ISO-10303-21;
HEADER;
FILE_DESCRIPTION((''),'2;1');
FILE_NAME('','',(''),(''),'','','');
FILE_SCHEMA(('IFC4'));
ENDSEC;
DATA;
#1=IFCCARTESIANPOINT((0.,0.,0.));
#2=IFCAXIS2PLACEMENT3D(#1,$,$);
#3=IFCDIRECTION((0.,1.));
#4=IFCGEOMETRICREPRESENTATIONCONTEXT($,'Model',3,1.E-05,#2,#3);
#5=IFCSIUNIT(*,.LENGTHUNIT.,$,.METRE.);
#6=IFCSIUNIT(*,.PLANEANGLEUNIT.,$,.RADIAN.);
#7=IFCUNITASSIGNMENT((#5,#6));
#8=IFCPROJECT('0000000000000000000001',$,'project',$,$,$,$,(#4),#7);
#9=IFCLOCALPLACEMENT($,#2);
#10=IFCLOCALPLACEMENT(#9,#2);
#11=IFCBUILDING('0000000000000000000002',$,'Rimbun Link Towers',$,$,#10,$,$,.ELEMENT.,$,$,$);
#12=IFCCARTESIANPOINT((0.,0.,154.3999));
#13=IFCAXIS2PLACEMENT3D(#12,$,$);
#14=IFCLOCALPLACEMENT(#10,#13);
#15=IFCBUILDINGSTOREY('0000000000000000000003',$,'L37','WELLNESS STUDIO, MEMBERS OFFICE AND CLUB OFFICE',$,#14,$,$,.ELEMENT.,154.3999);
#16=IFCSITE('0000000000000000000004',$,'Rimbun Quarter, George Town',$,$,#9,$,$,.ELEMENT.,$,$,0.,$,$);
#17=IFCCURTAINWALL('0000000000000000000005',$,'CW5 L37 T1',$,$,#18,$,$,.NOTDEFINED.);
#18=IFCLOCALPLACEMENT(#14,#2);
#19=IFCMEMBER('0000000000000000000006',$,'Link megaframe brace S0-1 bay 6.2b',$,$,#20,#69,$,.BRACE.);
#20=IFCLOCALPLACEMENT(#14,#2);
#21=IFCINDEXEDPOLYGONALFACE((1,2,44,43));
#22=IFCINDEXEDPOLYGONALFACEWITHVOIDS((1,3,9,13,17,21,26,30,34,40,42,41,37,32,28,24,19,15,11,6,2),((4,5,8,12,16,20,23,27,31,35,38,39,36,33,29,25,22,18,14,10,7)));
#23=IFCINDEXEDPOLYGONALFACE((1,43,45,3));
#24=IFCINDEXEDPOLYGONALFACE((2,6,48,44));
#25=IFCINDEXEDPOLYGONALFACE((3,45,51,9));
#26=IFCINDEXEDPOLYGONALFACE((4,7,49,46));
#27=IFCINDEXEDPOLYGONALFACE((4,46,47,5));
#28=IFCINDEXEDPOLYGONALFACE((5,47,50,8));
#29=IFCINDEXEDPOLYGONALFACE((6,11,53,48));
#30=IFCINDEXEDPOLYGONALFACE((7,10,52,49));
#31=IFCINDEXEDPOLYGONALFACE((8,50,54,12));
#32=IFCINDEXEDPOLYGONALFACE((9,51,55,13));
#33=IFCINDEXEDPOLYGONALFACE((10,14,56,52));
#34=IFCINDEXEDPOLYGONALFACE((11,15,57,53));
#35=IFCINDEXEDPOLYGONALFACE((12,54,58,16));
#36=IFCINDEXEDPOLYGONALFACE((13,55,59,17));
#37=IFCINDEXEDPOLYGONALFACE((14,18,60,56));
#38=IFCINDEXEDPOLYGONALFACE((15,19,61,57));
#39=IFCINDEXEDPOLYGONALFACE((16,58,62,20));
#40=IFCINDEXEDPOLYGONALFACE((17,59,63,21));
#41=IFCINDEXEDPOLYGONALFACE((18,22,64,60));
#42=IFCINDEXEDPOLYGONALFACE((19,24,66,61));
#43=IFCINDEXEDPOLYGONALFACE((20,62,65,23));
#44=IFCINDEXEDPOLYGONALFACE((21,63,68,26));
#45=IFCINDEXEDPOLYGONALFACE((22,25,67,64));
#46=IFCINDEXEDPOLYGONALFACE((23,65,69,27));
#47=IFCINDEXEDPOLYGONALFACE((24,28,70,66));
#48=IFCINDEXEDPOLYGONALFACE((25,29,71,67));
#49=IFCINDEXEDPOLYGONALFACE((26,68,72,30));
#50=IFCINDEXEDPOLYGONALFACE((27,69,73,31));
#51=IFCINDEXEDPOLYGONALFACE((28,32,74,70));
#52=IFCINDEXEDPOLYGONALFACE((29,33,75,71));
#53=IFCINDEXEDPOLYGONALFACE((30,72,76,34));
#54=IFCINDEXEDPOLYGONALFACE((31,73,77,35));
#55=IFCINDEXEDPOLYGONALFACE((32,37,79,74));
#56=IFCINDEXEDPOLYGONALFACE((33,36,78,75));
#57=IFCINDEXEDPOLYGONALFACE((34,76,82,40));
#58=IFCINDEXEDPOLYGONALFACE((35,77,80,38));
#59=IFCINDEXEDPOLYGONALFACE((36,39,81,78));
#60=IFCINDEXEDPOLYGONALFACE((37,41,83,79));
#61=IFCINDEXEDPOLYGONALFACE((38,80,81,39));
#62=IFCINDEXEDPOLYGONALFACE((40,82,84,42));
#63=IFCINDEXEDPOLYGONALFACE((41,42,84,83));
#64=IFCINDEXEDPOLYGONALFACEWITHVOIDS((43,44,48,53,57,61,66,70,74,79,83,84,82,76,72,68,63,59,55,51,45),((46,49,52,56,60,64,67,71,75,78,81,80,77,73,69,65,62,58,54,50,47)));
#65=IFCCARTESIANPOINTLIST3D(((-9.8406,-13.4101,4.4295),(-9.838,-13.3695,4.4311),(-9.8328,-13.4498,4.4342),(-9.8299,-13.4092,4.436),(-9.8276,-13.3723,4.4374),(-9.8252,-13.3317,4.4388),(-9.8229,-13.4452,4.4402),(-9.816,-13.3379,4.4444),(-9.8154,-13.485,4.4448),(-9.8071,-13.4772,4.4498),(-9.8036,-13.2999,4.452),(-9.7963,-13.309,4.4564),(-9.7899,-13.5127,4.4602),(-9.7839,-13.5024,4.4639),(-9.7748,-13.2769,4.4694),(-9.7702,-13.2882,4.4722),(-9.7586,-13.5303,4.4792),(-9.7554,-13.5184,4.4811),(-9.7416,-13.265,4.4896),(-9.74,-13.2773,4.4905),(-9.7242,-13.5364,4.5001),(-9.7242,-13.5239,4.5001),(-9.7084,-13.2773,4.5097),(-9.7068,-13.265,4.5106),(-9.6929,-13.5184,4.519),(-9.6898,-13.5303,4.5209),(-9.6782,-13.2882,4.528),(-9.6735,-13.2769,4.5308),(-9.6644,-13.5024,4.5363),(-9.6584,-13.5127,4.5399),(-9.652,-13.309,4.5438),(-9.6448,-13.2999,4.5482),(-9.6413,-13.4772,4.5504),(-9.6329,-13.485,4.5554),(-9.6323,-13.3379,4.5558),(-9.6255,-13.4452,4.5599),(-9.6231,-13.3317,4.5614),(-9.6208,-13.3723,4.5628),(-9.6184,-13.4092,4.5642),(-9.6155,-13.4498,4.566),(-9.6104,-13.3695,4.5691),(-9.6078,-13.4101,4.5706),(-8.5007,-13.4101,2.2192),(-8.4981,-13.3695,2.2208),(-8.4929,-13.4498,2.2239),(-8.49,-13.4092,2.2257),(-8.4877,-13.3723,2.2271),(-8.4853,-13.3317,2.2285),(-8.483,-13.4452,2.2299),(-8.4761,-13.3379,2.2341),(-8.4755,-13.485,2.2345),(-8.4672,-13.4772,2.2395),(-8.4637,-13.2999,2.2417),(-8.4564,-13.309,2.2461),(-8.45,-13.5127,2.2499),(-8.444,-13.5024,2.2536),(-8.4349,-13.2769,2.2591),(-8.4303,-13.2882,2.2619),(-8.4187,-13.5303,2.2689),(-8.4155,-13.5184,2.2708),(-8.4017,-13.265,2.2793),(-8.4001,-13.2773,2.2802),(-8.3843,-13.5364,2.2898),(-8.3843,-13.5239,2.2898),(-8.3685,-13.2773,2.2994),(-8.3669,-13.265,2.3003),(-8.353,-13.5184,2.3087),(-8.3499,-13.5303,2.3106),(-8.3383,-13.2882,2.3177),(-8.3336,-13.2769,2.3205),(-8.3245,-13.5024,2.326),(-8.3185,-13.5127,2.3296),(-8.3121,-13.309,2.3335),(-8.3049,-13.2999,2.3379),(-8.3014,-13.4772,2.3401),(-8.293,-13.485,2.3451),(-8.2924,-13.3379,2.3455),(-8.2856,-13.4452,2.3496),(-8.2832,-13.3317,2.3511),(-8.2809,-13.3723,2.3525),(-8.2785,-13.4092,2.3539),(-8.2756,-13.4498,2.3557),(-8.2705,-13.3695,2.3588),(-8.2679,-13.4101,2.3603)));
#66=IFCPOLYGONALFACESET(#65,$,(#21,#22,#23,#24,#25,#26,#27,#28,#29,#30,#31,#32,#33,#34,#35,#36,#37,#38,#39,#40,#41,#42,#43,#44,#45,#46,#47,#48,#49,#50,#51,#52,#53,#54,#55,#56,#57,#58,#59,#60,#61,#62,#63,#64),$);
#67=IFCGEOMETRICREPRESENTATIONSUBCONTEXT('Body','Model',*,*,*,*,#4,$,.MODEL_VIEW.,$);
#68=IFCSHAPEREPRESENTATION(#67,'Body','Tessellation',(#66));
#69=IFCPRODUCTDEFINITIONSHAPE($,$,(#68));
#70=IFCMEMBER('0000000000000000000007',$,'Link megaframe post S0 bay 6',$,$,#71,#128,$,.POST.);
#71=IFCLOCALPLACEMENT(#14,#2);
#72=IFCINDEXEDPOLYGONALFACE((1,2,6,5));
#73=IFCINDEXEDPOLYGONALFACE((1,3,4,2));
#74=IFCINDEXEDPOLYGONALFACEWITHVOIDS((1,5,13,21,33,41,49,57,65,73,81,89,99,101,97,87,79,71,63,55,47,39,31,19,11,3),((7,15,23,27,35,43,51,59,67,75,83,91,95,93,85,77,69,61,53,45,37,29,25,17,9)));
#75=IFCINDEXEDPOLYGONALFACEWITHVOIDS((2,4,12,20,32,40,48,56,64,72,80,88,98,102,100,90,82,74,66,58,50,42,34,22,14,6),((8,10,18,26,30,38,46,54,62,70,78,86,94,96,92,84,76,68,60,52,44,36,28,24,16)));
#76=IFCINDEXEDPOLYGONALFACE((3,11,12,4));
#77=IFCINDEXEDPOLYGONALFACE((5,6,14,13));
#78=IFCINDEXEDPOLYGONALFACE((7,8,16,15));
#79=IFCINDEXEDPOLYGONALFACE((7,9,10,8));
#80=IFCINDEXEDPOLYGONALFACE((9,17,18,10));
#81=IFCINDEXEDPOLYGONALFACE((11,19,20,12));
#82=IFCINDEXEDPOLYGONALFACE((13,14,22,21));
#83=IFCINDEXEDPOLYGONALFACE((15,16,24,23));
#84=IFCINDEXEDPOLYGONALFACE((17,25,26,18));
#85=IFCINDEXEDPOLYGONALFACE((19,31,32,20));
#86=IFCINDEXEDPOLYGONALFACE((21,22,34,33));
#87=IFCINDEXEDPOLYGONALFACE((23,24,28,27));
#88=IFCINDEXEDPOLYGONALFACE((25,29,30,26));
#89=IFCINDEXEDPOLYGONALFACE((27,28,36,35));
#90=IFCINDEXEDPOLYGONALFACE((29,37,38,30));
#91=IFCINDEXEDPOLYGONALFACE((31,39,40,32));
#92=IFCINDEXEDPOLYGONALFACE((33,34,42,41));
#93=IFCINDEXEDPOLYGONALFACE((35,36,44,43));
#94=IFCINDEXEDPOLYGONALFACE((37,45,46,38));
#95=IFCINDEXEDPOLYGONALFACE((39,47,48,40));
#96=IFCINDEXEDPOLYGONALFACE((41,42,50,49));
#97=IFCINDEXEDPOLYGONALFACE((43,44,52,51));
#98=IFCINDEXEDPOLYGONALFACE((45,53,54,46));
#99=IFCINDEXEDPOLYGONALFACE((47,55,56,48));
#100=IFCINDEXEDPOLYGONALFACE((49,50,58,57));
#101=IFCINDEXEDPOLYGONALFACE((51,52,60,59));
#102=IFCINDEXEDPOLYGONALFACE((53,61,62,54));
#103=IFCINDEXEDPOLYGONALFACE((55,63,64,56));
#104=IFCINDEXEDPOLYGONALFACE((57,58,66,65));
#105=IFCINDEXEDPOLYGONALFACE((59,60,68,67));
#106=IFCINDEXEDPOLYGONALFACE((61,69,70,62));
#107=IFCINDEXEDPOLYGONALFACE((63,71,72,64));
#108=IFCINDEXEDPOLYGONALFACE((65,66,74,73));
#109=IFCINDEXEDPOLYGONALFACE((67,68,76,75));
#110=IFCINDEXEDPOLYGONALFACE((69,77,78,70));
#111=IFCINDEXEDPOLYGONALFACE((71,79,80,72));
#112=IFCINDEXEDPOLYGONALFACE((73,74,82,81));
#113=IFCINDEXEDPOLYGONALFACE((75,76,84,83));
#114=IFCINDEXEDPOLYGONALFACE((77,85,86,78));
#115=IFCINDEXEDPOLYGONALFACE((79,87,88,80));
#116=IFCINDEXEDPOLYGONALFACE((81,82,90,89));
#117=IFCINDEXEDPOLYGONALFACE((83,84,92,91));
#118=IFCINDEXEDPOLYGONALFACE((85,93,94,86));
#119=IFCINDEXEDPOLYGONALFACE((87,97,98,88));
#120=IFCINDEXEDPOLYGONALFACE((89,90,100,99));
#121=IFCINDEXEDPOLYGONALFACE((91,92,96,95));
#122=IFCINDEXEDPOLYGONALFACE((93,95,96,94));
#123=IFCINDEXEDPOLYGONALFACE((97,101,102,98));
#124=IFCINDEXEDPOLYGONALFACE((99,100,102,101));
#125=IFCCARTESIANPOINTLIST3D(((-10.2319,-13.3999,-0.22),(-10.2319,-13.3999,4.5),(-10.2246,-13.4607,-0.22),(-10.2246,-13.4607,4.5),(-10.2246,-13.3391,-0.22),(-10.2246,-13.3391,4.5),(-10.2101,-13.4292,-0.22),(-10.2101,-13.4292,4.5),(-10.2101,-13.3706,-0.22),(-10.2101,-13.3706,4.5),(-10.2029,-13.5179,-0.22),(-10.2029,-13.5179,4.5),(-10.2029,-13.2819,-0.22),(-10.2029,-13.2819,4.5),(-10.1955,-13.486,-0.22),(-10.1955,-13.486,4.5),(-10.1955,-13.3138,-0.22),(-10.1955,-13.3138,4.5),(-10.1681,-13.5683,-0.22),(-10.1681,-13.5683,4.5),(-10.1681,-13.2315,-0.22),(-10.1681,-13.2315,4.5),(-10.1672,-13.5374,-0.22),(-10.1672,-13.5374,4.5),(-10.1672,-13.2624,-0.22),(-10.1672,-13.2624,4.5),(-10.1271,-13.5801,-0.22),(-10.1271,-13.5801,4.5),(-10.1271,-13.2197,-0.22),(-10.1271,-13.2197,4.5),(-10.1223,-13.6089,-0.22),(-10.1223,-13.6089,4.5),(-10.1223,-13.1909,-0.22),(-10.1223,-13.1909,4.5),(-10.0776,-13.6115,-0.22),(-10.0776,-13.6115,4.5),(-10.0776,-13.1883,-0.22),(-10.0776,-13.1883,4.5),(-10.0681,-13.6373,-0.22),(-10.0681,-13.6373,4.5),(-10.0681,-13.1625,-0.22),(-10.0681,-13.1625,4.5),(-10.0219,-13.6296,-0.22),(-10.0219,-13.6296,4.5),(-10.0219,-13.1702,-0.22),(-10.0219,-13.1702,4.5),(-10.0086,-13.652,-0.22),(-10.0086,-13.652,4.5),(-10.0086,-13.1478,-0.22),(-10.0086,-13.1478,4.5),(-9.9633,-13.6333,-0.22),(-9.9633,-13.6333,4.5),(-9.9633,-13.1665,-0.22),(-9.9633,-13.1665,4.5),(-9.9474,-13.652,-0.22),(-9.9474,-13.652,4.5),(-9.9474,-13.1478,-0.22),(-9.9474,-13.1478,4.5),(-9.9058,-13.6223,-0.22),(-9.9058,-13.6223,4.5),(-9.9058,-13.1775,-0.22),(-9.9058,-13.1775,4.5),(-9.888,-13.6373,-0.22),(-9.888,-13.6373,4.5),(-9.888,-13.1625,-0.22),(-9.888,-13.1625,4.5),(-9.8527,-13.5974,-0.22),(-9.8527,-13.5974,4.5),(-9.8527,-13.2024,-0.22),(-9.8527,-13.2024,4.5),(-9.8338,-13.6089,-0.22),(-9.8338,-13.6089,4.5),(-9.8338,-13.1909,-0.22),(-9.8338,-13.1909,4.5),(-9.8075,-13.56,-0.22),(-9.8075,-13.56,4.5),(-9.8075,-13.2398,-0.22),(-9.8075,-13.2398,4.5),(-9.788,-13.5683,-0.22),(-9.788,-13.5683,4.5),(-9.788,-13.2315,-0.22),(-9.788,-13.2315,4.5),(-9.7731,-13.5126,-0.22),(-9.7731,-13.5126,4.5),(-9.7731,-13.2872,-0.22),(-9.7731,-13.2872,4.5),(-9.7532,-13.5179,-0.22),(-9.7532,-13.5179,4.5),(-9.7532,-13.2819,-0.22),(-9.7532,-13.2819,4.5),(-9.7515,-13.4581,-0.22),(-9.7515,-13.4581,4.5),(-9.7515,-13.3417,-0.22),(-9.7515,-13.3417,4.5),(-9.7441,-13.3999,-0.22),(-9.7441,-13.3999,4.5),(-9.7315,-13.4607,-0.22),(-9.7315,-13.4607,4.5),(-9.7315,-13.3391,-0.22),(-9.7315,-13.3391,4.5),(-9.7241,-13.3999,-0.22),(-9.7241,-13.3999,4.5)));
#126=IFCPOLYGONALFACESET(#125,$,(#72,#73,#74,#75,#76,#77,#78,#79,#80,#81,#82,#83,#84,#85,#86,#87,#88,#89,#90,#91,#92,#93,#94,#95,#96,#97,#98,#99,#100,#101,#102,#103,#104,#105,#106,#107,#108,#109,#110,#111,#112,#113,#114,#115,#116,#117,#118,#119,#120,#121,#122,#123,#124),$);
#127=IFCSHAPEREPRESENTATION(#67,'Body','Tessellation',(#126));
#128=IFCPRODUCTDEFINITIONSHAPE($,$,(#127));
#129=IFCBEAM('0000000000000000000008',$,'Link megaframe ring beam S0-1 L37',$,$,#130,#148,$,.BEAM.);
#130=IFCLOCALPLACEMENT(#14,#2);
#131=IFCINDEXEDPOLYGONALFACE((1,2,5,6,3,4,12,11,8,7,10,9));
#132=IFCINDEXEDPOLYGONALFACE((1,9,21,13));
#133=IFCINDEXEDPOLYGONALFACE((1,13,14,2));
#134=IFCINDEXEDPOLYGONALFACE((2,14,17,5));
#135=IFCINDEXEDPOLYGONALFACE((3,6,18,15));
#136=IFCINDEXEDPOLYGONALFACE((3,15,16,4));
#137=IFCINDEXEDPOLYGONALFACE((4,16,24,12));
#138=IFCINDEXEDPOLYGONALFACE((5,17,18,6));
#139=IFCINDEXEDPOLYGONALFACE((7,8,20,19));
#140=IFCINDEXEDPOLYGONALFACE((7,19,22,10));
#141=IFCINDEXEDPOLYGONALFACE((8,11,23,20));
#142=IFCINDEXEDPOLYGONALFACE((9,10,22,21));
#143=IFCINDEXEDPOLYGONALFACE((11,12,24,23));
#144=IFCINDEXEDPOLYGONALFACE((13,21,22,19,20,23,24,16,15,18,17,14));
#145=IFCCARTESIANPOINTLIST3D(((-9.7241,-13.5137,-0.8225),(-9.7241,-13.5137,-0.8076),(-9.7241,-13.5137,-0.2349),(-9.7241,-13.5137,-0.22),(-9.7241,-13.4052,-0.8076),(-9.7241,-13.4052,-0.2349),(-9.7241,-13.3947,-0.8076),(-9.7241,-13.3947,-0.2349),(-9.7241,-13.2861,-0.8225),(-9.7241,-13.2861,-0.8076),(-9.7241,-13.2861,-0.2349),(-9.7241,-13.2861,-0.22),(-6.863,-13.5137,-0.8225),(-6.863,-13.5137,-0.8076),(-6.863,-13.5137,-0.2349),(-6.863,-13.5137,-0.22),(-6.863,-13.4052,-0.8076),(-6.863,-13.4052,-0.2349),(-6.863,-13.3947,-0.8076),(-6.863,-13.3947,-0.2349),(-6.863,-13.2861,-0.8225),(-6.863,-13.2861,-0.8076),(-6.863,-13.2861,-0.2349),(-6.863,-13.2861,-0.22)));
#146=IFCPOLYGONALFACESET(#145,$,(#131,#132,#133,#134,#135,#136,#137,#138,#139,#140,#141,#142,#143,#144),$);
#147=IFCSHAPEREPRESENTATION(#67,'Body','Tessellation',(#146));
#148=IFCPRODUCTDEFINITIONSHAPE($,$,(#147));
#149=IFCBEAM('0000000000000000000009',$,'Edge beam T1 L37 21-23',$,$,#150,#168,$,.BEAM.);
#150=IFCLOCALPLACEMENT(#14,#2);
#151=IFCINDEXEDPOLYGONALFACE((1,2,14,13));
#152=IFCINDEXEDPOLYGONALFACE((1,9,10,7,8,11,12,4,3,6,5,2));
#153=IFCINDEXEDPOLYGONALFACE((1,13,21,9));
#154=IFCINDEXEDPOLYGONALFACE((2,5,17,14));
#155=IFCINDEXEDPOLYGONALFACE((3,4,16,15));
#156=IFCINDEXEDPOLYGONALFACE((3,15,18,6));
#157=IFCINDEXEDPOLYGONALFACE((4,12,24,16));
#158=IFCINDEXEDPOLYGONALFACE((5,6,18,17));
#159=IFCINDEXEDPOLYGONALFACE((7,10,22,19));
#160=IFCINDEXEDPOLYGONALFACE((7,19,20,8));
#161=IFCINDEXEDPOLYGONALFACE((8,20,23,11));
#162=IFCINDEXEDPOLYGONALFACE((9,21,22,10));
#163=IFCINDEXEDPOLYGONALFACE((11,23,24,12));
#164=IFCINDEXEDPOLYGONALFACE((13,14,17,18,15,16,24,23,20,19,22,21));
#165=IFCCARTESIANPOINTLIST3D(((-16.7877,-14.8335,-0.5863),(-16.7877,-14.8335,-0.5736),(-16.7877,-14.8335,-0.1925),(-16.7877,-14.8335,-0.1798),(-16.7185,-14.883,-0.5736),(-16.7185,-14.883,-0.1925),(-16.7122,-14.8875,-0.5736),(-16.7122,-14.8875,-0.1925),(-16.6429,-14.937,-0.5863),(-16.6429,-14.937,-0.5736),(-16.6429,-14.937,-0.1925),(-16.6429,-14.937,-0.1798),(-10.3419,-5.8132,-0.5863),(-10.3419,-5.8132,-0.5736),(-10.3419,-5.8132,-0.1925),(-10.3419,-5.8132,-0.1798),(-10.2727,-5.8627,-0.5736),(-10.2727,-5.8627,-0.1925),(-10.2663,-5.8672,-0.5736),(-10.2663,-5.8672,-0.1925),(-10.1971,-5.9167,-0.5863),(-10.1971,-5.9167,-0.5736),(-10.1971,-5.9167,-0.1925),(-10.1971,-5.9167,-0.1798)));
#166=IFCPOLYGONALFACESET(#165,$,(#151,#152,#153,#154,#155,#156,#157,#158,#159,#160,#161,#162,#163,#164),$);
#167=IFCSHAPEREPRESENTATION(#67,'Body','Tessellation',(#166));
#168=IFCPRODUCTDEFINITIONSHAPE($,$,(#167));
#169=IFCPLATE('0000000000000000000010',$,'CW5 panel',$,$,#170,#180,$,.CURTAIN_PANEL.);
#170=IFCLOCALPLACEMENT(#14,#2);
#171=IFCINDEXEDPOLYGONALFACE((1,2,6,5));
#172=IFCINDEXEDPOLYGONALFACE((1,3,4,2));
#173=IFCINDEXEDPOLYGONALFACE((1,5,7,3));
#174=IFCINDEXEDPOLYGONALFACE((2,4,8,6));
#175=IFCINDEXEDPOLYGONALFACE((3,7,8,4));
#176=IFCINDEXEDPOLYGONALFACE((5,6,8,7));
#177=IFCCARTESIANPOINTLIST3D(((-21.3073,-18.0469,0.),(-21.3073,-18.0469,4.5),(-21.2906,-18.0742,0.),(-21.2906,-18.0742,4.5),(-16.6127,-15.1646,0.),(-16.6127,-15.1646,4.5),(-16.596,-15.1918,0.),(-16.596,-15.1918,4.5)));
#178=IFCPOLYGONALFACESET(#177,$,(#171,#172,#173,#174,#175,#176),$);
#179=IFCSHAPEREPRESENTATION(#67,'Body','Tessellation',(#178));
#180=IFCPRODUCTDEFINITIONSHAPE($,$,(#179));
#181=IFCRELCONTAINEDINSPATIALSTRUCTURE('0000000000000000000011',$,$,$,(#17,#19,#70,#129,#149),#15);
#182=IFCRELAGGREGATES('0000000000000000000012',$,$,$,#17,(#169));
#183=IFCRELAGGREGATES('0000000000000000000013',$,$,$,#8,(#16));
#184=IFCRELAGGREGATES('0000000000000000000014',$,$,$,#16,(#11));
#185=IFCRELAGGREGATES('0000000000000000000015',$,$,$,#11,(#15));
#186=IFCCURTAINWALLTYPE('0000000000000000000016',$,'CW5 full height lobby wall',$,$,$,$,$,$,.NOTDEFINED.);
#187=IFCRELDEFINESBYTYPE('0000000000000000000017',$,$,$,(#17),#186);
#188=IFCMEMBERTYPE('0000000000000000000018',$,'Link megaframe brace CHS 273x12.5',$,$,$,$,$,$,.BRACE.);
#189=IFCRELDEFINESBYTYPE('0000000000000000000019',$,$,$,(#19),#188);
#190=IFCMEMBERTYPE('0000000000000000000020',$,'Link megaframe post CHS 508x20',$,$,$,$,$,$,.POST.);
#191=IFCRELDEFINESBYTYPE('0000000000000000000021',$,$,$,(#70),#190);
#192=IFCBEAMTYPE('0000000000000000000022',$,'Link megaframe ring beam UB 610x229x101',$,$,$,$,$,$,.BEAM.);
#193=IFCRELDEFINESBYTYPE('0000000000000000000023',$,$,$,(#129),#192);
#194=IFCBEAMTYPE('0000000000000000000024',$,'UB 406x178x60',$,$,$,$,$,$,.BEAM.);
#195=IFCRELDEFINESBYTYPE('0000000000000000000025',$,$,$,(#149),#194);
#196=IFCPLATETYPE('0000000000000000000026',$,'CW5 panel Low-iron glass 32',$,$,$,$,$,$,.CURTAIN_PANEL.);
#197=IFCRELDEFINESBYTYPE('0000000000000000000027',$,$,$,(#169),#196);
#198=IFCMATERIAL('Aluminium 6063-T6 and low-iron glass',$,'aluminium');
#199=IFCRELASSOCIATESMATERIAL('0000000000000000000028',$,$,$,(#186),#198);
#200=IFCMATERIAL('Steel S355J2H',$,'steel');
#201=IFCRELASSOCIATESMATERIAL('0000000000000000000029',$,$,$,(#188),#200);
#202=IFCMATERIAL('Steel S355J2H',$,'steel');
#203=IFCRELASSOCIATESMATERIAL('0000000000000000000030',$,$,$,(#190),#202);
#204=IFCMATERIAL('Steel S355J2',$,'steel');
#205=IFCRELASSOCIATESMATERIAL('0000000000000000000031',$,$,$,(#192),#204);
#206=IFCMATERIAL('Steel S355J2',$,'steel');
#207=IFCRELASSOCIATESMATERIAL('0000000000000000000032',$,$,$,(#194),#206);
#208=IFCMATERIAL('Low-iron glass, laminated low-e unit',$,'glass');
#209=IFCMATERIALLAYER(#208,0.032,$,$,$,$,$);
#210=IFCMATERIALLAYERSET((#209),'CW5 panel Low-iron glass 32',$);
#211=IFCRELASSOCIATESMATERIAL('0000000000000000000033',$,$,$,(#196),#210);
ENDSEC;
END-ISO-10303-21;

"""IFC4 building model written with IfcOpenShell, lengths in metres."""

from ifc_helpers import new_model, si_unit, direction, frame, origin, origin_2d, place, context, subcontext, project, spatial, rectangle, hollow_circle, i_section, extrude, material, layer, layer_set, material_profile, profile_set, type_object, element, aggregate, save


model = new_model("IFC4")

# Units and contexts
model_context = context("Model", 3, precision=1e-05, world=origin(), true_north=direction((0.0, 1.0)))
body_context = subcontext(model_context, "Body", "Model", "MODEL_VIEW")
ifc_project = project(units=[si_unit("LENGTHUNIT", "METRE"), si_unit("PLANEANGLEUNIT", "RADIAN")], contexts=[model_context])

# Site, building, storey
site_placement = place(None, origin())
site = spatial("IfcSite", under=ifc_project, at=site_placement, Name="Rimbun Quarter, George Town", CompositionType="ELEMENT", RefElevation=0.0)
building_placement = place(site_placement, origin())
building = spatial("IfcBuilding", under=site, at=building_placement, Name="Rimbun Link Towers", CompositionType="ELEMENT")
storey_placement = place(building_placement, frame((0.0, 0.0, 154.3999)))
storey = spatial("IfcBuildingStorey", under=building, at=storey_placement, Name="L37", Description="WELLNESS STUDIO, MEMBERS OFFICE AND CLUB OFFICE", CompositionType="ELEMENT", Elevation=154.3999)

# Curtain wall
ifc_material_1 = material(Name="Aluminium 6063-T6 and low-iron glass", Category="aluminium")
curtain_wall_type = type_object("IfcCurtainWallType", Name="CW5 full height lobby wall", PredefinedType="NOTDEFINED", material=ifc_material_1)
curtain_wall_placement = place(storey_placement, origin())
curtain_wall = element("IfcCurtainWall", 1, at=curtain_wall_placement, inside=storey, type_object=curtain_wall_type, Name="CW5 L37 T1", PredefinedType="NOTDEFINED")

# Members
ifc_material_2 = material(Name="Steel S355J2H", Category="steel")
ifc_material_profile_1 = material_profile(ifc_material_2, hollow_circle(Radius=0.1365, WallThickness=0.0125, at=origin_2d()), Name="CHS 273x12.5")
ifc_profile_set_1 = profile_set([ifc_material_profile_1], Name="Steel S355J2H")
member_type_1 = type_object("IfcMemberType", Name="Link megaframe brace CHS 273x12.5", PredefinedType="BRACE", material=ifc_profile_set_1)
for number, where, z_axis, x_axis, name in (
    (2, (-8.3843, -13.3999, 2.2898), (-0.518394, 0.0, 0.855142), (0.0, -1.0, 0.0), "Link megaframe brace S0-1 bay 6.2b"),
):
    element("IfcMember", number, at=place(storey_placement, frame(where, z_axis=z_axis, x_axis=x_axis)), inside=storey, type_object=member_type_1, Name=name, PredefinedType="BRACE", context=body_context, shape_type="SweptSolid", body=[
        extrude(hollow_circle(Radius=0.1365, WallThickness=0.0125, at=origin_2d()), origin(), (0.0, 0.0, 1.0), 2.5847),
    ])
ifc_material_3 = material(Name="Steel S355J2H", Category="steel")
ifc_material_profile_2 = material_profile(ifc_material_3, hollow_circle(Radius=0.2539, WallThickness=0.02, at=origin_2d()), Name="CHS 508x20")
ifc_profile_set_2 = profile_set([ifc_material_profile_2], Name="Steel S355J2H")
member_type_2 = type_object("IfcMemberType", Name="Link megaframe post CHS 508x20", PredefinedType="POST", material=ifc_profile_set_2)
member_1_placement = place(storey_placement, frame((-9.978, -13.3999, -0.22), z_axis=(0.0, 0.0, 1.0), x_axis=(1.0, 0.0, 0.0)))
element("IfcMember", 3, at=member_1_placement, inside=storey, type_object=member_type_2, Name="Link megaframe post S0 bay 6", PredefinedType="POST", context=body_context, shape_type="SweptSolid", body=[
    extrude(hollow_circle(Radius=0.2539, WallThickness=0.02, at=origin_2d()), origin(), (0.0, 0.0, 1.0), 4.72),
])

# Beams
ifc_material_4 = material(Name="Steel S355J2", Category="steel")
ifc_material_profile_3 = material_profile(ifc_material_4, i_section(OverallWidth=0.2275, OverallDepth=0.6025, WebThickness=0.0105, FlangeThickness=0.0149, at=origin_2d()), Name="UB 610x229x101")
ifc_profile_set_3 = profile_set([ifc_material_profile_3], Name="Steel S355J2")
beam_type_1 = type_object("IfcBeamType", Name="Link megaframe ring beam UB 610x229x101", PredefinedType="BEAM", material=ifc_profile_set_3)
beam_1_placement = place(storey_placement, frame((-9.7241, -13.3999, -0.5212), z_axis=(1.0, 0.0, 0.0), x_axis=(0.0, 1.0, 0.0)))
element("IfcBeam", 4, at=beam_1_placement, inside=storey, type_object=beam_type_1, Name="Link megaframe ring beam S0-1 L37", PredefinedType="BEAM", context=body_context, shape_type="SweptSolid", body=[
    extrude(i_section(OverallWidth=0.2275, OverallDepth=0.6025, WebThickness=0.0105, FlangeThickness=0.0149, at=origin_2d()), origin(), (0.0, 0.0, 1.0), 2.8611),
])
ifc_material_5 = material(Name="Steel S355J2", Category="steel")
ifc_material_profile_4 = material_profile(ifc_material_5, i_section(OverallWidth=0.178, OverallDepth=0.4065, WebThickness=0.0078, FlangeThickness=0.0127, at=origin_2d()), Name="UB 406x178x60")
ifc_profile_set_4 = profile_set([ifc_material_profile_4], Name="Steel S355J2")
beam_type_2 = type_object("IfcBeamType", Name="UB 406x178x60", PredefinedType="BEAM", material=ifc_profile_set_4)
beam_2_placement = place(storey_placement, frame((-16.7153, -14.8853, -0.3831), z_axis=(0.581403, 0.813616, 0.0), x_axis=(-0.813616, 0.581403, 0.0)))
element("IfcBeam", 5, at=beam_2_placement, inside=storey, type_object=beam_type_2, Name="Edge beam T1 L37 21-23", PredefinedType="BEAM", context=body_context, shape_type="SweptSolid", body=[
    extrude(i_section(OverallWidth=0.178, OverallDepth=0.4065, WebThickness=0.0078, FlangeThickness=0.0127, at=origin_2d()), origin(), (0.0, 0.0, 1.0), 11.0867),
])

# Plate
ifc_material_6 = material(Name="Low-iron glass, laminated low-e unit", Category="glass")
ifc_layer_1 = layer(ifc_material_6, 0.032)
ifc_layer_set_1 = layer_set([ifc_layer_1], Name="CW5 panel Low-iron glass 32")
plate_type = type_object("IfcPlateType", Name="CW5 panel Low-iron glass 32", PredefinedType="CURTAIN_PANEL", material=ifc_layer_set_1)
plate_1_placement = place(storey_placement, frame((-18.9517, -16.6194, 0.0), z_axis=(0.0, 0.0, 1.0), x_axis=(-0.852194, -0.523225, 0.0)))
plate_1 = element("IfcPlate", 6, at=plate_1_placement, type_object=plate_type, Name="CW5 panel", PredefinedType="CURTAIN_PANEL", context=body_context, shape_type="SweptSolid", body=[
    extrude(rectangle(XDim=5.5088, YDim=0.032, at=origin_2d()), origin(), (0.0, 0.0, 1.0), 4.5),
])
aggregate(curtain_wall, [plate_1])

save(model, "model.ifc")
